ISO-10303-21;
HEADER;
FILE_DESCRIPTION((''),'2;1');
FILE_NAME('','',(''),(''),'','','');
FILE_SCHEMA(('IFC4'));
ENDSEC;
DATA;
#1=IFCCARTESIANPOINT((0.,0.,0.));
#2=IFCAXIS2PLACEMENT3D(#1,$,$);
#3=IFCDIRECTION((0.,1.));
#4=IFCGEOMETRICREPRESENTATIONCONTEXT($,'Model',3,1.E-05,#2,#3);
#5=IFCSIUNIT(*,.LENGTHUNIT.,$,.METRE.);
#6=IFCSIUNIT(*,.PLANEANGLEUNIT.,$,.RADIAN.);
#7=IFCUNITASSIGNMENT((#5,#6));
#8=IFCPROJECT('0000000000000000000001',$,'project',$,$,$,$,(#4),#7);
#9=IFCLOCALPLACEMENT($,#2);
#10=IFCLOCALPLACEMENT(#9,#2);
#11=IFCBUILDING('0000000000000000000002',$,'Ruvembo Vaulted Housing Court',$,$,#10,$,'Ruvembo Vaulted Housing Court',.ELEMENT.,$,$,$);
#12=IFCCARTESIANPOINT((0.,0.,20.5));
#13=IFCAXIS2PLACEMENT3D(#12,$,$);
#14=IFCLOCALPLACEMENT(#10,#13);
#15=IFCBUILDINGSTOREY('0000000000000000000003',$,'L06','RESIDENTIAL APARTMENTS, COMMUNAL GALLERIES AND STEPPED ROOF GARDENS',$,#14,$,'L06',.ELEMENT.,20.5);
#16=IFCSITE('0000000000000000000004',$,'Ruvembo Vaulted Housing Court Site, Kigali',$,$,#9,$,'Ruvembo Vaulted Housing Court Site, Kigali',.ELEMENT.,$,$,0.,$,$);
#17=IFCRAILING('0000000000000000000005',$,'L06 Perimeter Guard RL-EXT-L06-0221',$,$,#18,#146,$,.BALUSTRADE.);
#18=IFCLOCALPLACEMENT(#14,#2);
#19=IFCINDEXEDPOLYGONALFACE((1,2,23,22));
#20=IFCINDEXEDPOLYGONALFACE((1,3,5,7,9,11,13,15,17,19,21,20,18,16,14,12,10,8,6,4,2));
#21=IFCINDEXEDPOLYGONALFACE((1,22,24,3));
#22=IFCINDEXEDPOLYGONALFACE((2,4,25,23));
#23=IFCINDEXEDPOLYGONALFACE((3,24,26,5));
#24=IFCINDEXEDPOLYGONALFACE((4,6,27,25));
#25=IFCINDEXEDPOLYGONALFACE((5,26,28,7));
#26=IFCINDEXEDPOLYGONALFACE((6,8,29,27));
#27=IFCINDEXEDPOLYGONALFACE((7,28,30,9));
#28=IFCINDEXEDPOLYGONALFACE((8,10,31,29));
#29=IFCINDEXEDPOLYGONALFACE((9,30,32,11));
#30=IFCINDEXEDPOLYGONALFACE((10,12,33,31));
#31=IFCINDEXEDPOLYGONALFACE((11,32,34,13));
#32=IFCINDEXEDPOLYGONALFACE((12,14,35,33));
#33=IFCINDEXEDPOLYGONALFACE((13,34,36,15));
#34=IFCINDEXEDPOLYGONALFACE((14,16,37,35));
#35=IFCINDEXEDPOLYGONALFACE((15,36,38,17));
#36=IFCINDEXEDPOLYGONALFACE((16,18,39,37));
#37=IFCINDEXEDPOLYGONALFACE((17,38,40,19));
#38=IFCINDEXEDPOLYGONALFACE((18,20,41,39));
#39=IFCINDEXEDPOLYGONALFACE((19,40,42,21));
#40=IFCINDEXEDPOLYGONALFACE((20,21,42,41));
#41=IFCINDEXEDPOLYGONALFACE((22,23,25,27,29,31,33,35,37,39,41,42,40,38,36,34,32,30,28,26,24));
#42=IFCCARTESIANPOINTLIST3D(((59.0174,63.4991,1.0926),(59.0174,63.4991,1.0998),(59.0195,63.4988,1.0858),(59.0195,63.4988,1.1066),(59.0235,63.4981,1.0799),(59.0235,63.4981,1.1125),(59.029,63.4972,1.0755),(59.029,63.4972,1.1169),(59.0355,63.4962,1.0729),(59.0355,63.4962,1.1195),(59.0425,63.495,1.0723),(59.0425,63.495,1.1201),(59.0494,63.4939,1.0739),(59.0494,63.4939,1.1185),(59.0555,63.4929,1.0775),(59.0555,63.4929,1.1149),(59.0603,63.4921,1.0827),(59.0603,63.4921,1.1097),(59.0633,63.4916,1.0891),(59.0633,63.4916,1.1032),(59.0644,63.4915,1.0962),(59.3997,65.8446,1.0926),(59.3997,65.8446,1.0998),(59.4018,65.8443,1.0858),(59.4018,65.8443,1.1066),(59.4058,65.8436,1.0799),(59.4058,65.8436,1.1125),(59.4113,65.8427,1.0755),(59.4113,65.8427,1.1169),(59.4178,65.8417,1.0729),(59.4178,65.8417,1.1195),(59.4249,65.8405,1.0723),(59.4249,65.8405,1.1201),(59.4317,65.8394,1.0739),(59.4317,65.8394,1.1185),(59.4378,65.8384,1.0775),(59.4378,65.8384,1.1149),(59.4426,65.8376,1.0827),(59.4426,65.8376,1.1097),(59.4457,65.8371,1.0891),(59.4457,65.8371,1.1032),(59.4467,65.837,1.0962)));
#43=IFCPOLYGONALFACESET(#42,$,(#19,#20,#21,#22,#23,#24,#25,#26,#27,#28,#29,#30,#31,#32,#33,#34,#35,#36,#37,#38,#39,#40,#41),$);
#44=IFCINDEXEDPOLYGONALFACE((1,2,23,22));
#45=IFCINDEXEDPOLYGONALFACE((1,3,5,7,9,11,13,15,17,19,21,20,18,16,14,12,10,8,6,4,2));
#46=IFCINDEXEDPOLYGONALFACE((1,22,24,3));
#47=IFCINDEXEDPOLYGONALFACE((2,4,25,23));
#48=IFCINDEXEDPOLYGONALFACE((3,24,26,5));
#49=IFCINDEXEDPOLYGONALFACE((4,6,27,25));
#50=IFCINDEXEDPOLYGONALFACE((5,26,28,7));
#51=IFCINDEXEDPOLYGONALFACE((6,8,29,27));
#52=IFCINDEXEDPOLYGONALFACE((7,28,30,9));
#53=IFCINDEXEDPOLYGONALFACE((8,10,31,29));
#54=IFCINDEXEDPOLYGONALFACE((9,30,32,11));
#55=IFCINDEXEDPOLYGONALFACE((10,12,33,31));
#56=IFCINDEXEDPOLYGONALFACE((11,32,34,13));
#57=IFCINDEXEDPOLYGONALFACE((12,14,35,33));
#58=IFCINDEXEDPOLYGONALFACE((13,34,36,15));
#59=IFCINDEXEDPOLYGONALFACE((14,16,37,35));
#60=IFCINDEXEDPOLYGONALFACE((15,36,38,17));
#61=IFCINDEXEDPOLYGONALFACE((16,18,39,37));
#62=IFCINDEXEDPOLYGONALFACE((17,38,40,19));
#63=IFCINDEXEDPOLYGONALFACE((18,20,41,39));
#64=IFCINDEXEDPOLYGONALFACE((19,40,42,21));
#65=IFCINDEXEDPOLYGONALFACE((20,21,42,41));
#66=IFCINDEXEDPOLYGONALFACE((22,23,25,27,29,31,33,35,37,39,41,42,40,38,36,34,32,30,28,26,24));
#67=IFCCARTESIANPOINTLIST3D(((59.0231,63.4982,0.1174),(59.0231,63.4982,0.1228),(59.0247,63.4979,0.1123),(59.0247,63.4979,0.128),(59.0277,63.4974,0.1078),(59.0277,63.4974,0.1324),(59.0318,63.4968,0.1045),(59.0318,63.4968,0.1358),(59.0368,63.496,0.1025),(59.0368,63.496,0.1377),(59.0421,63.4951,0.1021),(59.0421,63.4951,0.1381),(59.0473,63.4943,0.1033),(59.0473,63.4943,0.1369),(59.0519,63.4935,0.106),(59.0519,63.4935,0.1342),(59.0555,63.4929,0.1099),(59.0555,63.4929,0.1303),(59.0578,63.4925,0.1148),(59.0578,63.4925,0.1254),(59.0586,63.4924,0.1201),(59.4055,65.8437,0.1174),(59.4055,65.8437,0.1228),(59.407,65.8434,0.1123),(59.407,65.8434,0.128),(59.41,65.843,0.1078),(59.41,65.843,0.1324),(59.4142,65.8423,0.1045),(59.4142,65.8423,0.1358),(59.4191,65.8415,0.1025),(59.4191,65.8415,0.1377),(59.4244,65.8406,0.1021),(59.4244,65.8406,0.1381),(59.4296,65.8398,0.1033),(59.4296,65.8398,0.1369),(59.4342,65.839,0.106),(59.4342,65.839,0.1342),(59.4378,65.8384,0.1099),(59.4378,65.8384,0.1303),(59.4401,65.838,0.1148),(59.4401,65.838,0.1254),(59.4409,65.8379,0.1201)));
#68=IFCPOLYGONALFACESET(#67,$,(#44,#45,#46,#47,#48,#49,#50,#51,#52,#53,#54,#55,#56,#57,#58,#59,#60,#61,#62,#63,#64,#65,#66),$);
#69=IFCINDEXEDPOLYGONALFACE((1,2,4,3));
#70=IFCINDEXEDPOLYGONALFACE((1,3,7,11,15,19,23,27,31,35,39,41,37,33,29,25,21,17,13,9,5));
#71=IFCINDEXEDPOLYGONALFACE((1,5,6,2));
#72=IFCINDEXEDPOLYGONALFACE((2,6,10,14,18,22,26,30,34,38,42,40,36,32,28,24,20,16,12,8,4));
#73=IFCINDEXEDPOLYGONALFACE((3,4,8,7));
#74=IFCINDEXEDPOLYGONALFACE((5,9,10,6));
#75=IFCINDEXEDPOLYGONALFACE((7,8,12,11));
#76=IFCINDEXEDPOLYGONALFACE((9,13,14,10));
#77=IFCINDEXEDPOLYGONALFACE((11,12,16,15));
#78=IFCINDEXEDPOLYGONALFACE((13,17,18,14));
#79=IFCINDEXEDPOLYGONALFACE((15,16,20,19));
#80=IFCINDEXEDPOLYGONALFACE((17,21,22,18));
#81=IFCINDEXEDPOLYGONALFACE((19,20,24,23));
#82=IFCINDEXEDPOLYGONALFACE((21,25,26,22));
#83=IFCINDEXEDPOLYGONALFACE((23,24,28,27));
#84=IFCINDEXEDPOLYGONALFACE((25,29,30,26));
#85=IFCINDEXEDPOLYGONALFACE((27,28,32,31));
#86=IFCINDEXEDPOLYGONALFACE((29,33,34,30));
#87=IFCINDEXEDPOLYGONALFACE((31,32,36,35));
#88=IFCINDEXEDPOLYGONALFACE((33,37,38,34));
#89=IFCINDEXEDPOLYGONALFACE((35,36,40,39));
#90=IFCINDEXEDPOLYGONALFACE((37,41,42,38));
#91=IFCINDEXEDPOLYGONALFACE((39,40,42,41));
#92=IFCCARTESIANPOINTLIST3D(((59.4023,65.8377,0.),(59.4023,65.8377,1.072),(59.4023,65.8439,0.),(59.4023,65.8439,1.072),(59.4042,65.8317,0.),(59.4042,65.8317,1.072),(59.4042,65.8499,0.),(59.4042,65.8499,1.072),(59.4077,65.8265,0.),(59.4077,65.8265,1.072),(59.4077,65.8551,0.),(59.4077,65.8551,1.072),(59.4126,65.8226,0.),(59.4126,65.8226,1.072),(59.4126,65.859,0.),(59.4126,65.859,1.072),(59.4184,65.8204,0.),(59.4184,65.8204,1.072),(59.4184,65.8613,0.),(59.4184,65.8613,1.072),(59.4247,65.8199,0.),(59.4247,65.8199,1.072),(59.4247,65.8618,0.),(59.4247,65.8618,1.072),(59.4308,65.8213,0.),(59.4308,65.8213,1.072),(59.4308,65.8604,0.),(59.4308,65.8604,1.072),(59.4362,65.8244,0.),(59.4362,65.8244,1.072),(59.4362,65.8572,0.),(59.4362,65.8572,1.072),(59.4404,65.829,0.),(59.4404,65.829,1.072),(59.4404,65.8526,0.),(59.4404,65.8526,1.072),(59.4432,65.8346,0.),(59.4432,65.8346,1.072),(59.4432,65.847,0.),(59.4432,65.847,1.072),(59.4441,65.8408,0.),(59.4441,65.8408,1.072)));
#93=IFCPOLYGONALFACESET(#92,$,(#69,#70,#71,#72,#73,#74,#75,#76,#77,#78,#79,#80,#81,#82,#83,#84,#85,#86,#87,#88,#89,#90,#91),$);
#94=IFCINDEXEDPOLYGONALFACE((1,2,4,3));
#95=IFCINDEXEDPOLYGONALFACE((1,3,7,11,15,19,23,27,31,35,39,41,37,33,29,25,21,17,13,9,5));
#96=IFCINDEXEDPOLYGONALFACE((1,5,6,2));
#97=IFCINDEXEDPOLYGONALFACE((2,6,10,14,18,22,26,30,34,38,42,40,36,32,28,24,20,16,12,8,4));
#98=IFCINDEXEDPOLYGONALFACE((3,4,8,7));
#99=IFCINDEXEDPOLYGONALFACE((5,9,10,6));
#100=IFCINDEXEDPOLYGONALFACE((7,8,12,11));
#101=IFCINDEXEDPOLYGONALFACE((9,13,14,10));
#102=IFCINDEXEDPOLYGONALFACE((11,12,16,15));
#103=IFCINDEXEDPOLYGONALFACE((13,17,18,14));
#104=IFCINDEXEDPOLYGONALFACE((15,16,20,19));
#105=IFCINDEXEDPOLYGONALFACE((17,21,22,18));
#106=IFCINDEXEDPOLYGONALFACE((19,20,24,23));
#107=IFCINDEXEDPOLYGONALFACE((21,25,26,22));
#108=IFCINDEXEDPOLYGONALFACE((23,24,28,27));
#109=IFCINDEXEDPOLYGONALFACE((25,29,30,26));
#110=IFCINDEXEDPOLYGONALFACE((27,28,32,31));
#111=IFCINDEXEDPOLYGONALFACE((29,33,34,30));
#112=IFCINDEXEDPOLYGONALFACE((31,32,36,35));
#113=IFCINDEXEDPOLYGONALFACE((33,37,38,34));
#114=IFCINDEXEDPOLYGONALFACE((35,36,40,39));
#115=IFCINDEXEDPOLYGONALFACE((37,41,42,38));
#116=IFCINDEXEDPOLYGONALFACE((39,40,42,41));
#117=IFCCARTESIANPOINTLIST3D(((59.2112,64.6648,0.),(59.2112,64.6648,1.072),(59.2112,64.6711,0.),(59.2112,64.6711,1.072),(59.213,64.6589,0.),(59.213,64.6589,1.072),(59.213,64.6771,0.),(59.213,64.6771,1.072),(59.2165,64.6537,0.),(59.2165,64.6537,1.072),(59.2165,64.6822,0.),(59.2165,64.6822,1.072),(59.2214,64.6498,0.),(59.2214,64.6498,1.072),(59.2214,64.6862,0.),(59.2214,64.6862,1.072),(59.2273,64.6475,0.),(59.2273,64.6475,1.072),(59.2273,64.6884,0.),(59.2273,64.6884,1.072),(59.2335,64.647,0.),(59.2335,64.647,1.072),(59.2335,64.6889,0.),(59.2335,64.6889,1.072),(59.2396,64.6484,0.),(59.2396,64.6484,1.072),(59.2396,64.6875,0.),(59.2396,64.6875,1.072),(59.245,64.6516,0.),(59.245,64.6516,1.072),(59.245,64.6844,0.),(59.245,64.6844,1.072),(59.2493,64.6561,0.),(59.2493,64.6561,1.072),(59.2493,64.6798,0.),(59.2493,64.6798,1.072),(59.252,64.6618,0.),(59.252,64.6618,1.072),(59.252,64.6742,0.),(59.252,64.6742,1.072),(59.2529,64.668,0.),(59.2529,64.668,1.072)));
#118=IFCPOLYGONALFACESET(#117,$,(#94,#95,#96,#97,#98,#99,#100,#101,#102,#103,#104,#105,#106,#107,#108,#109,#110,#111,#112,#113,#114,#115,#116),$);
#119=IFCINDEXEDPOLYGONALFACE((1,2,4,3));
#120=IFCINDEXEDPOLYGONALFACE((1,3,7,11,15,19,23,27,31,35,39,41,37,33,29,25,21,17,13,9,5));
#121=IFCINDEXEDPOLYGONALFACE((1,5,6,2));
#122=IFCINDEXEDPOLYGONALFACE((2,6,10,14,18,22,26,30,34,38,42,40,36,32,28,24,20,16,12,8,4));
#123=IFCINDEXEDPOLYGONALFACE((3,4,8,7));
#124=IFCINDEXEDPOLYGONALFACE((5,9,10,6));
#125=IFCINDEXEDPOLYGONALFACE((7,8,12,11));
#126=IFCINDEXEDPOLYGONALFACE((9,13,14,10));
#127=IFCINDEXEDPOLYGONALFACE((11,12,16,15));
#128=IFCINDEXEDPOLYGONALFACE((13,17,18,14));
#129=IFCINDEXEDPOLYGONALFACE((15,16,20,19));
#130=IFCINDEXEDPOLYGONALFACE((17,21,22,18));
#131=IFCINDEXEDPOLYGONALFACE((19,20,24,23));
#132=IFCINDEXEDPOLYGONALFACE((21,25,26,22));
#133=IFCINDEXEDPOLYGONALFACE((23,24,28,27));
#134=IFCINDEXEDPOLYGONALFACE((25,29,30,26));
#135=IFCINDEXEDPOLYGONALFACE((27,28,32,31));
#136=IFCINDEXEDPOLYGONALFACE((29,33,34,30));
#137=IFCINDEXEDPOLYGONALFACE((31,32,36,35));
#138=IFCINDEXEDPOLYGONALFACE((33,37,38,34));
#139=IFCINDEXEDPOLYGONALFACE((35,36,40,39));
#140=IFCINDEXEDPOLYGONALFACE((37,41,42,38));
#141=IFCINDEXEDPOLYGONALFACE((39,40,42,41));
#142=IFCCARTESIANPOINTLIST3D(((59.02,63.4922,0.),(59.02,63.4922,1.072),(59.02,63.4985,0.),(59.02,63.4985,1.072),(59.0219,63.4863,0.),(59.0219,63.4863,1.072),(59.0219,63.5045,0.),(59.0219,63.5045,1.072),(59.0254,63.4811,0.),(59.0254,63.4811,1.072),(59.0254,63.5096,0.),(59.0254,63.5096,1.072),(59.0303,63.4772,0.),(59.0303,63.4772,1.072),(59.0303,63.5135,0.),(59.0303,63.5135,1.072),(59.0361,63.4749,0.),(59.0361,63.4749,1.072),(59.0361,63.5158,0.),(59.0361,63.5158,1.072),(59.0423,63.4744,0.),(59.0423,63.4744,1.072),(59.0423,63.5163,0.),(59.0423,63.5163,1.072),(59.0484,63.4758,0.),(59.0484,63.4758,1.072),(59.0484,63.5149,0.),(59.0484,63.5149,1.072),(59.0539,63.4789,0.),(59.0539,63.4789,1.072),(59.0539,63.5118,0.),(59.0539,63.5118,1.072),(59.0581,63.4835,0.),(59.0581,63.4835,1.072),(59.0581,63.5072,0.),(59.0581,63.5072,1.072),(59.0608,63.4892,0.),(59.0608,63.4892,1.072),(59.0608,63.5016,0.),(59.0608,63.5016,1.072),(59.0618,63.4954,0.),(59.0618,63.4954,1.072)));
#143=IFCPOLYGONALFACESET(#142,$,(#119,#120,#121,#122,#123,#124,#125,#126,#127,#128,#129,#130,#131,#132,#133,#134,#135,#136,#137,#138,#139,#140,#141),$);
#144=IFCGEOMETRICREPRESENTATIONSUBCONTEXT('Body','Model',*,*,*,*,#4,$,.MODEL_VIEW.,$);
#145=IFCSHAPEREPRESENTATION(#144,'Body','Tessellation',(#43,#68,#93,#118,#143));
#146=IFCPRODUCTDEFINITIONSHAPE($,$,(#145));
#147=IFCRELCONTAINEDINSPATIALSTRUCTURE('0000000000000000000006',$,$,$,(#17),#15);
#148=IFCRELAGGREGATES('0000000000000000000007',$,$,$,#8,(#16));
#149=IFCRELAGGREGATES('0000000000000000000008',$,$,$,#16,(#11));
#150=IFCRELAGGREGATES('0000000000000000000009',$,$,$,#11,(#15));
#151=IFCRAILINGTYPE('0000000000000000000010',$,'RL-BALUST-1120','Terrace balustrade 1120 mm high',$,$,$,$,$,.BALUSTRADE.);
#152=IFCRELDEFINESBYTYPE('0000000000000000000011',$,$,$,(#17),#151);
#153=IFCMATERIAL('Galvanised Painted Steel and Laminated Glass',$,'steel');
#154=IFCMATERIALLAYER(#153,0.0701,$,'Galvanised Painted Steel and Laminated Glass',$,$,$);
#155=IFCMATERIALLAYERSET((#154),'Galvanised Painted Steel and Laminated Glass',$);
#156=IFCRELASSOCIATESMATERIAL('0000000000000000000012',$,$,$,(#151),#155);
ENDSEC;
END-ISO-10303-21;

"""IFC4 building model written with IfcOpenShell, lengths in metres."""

from ifc_helpers import new_model, si_unit, direction, frame, origin, origin_2d, place, context, subcontext, project, spatial, circle, extrude, material, layer, layer_set, type_object, element, save


model = new_model("IFC4")

# Units and contexts
model_context = context("Model", 3, precision=1e-05, world=origin(), true_north=direction((0.0, 1.0)))
body_context = subcontext(model_context, "Body", "Model", "MODEL_VIEW")
ifc_project = project(units=[si_unit("LENGTHUNIT", "METRE"), si_unit("PLANEANGLEUNIT", "RADIAN")], contexts=[model_context])

# Site, building, storey
site_placement = place(None, origin())
site = spatial("IfcSite", under=ifc_project, at=site_placement, Name="Ruvembo Vaulted Housing Court Site, Kigali", LongName="Ruvembo Vaulted Housing Court Site, Kigali", CompositionType="ELEMENT", RefElevation=0.0)
building_placement = place(site_placement, origin())
building = spatial("IfcBuilding", under=site, at=building_placement, Name="Ruvembo Vaulted Housing Court", LongName="Ruvembo Vaulted Housing Court", CompositionType="ELEMENT")
storey_placement = place(building_placement, frame((0.0, 0.0, 20.5)))
storey = spatial("IfcBuildingStorey", under=building, at=storey_placement, Name="L06", Description="RESIDENTIAL APARTMENTS, COMMUNAL GALLERIES AND STEPPED ROOF GARDENS", LongName="L06", CompositionType="ELEMENT", Elevation=20.5)

# Railing
ifc_material_1 = material(Name="Galvanised Painted Steel and Laminated Glass", Category="steel")
ifc_layer = layer(ifc_material_1, 0.0701, Name="Galvanised Painted Steel and Laminated Glass")
ifc_layer_set = layer_set([ifc_layer], Name="Galvanised Painted Steel and Laminated Glass")
railing_type = type_object("IfcRailingType", Name="RL-BALUST-1120", Description="Terrace balustrade 1120 mm high", PredefinedType="BALUSTRADE", material=ifc_layer_set)
railing_1_placement = place(storey_placement, frame((59.4231, 65.8408, 0.0)))
element("IfcRailing", 1, at=railing_1_placement, inside=storey, type_object=railing_type, Name="L06 Perimeter Guard RL-EXT-L06-0221", PredefinedType="BALUSTRADE", context=body_context, shape_type="SweptSolid", body=[
    extrude(circle(Radius=0.0239, at=origin_2d()), frame((0.0, 0.0, 1.0962), z_axis=(-0.160883, -0.986974, 0.0), x_axis=(0.986974, -0.160883, 0.0)), (0.0, 0.0, 1.0), 2.3765),
    extrude(circle(Radius=0.0181, at=origin_2d()), frame((0.0, 0.0, 0.1201), z_axis=(-0.160883, -0.986974, 0.0), x_axis=(0.986974, -0.160883, 0.0)), (0.0, 0.0, 1.0), 2.3765),
    extrude(circle(Radius=0.021, at=origin_2d()), origin(), (0.0, 0.0, 1.0), 1.072),
    extrude(circle(Radius=0.021, at=origin_2d()), frame((-0.1912, -1.1729, 0.0)), (0.0, 0.0, 1.0), 1.072),
    extrude(circle(Radius=0.021, at=origin_2d()), frame((-0.3823, -2.3455, 0.0)), (0.0, 0.0, 1.0), 1.072),
])

save(model, "model.ifc")
